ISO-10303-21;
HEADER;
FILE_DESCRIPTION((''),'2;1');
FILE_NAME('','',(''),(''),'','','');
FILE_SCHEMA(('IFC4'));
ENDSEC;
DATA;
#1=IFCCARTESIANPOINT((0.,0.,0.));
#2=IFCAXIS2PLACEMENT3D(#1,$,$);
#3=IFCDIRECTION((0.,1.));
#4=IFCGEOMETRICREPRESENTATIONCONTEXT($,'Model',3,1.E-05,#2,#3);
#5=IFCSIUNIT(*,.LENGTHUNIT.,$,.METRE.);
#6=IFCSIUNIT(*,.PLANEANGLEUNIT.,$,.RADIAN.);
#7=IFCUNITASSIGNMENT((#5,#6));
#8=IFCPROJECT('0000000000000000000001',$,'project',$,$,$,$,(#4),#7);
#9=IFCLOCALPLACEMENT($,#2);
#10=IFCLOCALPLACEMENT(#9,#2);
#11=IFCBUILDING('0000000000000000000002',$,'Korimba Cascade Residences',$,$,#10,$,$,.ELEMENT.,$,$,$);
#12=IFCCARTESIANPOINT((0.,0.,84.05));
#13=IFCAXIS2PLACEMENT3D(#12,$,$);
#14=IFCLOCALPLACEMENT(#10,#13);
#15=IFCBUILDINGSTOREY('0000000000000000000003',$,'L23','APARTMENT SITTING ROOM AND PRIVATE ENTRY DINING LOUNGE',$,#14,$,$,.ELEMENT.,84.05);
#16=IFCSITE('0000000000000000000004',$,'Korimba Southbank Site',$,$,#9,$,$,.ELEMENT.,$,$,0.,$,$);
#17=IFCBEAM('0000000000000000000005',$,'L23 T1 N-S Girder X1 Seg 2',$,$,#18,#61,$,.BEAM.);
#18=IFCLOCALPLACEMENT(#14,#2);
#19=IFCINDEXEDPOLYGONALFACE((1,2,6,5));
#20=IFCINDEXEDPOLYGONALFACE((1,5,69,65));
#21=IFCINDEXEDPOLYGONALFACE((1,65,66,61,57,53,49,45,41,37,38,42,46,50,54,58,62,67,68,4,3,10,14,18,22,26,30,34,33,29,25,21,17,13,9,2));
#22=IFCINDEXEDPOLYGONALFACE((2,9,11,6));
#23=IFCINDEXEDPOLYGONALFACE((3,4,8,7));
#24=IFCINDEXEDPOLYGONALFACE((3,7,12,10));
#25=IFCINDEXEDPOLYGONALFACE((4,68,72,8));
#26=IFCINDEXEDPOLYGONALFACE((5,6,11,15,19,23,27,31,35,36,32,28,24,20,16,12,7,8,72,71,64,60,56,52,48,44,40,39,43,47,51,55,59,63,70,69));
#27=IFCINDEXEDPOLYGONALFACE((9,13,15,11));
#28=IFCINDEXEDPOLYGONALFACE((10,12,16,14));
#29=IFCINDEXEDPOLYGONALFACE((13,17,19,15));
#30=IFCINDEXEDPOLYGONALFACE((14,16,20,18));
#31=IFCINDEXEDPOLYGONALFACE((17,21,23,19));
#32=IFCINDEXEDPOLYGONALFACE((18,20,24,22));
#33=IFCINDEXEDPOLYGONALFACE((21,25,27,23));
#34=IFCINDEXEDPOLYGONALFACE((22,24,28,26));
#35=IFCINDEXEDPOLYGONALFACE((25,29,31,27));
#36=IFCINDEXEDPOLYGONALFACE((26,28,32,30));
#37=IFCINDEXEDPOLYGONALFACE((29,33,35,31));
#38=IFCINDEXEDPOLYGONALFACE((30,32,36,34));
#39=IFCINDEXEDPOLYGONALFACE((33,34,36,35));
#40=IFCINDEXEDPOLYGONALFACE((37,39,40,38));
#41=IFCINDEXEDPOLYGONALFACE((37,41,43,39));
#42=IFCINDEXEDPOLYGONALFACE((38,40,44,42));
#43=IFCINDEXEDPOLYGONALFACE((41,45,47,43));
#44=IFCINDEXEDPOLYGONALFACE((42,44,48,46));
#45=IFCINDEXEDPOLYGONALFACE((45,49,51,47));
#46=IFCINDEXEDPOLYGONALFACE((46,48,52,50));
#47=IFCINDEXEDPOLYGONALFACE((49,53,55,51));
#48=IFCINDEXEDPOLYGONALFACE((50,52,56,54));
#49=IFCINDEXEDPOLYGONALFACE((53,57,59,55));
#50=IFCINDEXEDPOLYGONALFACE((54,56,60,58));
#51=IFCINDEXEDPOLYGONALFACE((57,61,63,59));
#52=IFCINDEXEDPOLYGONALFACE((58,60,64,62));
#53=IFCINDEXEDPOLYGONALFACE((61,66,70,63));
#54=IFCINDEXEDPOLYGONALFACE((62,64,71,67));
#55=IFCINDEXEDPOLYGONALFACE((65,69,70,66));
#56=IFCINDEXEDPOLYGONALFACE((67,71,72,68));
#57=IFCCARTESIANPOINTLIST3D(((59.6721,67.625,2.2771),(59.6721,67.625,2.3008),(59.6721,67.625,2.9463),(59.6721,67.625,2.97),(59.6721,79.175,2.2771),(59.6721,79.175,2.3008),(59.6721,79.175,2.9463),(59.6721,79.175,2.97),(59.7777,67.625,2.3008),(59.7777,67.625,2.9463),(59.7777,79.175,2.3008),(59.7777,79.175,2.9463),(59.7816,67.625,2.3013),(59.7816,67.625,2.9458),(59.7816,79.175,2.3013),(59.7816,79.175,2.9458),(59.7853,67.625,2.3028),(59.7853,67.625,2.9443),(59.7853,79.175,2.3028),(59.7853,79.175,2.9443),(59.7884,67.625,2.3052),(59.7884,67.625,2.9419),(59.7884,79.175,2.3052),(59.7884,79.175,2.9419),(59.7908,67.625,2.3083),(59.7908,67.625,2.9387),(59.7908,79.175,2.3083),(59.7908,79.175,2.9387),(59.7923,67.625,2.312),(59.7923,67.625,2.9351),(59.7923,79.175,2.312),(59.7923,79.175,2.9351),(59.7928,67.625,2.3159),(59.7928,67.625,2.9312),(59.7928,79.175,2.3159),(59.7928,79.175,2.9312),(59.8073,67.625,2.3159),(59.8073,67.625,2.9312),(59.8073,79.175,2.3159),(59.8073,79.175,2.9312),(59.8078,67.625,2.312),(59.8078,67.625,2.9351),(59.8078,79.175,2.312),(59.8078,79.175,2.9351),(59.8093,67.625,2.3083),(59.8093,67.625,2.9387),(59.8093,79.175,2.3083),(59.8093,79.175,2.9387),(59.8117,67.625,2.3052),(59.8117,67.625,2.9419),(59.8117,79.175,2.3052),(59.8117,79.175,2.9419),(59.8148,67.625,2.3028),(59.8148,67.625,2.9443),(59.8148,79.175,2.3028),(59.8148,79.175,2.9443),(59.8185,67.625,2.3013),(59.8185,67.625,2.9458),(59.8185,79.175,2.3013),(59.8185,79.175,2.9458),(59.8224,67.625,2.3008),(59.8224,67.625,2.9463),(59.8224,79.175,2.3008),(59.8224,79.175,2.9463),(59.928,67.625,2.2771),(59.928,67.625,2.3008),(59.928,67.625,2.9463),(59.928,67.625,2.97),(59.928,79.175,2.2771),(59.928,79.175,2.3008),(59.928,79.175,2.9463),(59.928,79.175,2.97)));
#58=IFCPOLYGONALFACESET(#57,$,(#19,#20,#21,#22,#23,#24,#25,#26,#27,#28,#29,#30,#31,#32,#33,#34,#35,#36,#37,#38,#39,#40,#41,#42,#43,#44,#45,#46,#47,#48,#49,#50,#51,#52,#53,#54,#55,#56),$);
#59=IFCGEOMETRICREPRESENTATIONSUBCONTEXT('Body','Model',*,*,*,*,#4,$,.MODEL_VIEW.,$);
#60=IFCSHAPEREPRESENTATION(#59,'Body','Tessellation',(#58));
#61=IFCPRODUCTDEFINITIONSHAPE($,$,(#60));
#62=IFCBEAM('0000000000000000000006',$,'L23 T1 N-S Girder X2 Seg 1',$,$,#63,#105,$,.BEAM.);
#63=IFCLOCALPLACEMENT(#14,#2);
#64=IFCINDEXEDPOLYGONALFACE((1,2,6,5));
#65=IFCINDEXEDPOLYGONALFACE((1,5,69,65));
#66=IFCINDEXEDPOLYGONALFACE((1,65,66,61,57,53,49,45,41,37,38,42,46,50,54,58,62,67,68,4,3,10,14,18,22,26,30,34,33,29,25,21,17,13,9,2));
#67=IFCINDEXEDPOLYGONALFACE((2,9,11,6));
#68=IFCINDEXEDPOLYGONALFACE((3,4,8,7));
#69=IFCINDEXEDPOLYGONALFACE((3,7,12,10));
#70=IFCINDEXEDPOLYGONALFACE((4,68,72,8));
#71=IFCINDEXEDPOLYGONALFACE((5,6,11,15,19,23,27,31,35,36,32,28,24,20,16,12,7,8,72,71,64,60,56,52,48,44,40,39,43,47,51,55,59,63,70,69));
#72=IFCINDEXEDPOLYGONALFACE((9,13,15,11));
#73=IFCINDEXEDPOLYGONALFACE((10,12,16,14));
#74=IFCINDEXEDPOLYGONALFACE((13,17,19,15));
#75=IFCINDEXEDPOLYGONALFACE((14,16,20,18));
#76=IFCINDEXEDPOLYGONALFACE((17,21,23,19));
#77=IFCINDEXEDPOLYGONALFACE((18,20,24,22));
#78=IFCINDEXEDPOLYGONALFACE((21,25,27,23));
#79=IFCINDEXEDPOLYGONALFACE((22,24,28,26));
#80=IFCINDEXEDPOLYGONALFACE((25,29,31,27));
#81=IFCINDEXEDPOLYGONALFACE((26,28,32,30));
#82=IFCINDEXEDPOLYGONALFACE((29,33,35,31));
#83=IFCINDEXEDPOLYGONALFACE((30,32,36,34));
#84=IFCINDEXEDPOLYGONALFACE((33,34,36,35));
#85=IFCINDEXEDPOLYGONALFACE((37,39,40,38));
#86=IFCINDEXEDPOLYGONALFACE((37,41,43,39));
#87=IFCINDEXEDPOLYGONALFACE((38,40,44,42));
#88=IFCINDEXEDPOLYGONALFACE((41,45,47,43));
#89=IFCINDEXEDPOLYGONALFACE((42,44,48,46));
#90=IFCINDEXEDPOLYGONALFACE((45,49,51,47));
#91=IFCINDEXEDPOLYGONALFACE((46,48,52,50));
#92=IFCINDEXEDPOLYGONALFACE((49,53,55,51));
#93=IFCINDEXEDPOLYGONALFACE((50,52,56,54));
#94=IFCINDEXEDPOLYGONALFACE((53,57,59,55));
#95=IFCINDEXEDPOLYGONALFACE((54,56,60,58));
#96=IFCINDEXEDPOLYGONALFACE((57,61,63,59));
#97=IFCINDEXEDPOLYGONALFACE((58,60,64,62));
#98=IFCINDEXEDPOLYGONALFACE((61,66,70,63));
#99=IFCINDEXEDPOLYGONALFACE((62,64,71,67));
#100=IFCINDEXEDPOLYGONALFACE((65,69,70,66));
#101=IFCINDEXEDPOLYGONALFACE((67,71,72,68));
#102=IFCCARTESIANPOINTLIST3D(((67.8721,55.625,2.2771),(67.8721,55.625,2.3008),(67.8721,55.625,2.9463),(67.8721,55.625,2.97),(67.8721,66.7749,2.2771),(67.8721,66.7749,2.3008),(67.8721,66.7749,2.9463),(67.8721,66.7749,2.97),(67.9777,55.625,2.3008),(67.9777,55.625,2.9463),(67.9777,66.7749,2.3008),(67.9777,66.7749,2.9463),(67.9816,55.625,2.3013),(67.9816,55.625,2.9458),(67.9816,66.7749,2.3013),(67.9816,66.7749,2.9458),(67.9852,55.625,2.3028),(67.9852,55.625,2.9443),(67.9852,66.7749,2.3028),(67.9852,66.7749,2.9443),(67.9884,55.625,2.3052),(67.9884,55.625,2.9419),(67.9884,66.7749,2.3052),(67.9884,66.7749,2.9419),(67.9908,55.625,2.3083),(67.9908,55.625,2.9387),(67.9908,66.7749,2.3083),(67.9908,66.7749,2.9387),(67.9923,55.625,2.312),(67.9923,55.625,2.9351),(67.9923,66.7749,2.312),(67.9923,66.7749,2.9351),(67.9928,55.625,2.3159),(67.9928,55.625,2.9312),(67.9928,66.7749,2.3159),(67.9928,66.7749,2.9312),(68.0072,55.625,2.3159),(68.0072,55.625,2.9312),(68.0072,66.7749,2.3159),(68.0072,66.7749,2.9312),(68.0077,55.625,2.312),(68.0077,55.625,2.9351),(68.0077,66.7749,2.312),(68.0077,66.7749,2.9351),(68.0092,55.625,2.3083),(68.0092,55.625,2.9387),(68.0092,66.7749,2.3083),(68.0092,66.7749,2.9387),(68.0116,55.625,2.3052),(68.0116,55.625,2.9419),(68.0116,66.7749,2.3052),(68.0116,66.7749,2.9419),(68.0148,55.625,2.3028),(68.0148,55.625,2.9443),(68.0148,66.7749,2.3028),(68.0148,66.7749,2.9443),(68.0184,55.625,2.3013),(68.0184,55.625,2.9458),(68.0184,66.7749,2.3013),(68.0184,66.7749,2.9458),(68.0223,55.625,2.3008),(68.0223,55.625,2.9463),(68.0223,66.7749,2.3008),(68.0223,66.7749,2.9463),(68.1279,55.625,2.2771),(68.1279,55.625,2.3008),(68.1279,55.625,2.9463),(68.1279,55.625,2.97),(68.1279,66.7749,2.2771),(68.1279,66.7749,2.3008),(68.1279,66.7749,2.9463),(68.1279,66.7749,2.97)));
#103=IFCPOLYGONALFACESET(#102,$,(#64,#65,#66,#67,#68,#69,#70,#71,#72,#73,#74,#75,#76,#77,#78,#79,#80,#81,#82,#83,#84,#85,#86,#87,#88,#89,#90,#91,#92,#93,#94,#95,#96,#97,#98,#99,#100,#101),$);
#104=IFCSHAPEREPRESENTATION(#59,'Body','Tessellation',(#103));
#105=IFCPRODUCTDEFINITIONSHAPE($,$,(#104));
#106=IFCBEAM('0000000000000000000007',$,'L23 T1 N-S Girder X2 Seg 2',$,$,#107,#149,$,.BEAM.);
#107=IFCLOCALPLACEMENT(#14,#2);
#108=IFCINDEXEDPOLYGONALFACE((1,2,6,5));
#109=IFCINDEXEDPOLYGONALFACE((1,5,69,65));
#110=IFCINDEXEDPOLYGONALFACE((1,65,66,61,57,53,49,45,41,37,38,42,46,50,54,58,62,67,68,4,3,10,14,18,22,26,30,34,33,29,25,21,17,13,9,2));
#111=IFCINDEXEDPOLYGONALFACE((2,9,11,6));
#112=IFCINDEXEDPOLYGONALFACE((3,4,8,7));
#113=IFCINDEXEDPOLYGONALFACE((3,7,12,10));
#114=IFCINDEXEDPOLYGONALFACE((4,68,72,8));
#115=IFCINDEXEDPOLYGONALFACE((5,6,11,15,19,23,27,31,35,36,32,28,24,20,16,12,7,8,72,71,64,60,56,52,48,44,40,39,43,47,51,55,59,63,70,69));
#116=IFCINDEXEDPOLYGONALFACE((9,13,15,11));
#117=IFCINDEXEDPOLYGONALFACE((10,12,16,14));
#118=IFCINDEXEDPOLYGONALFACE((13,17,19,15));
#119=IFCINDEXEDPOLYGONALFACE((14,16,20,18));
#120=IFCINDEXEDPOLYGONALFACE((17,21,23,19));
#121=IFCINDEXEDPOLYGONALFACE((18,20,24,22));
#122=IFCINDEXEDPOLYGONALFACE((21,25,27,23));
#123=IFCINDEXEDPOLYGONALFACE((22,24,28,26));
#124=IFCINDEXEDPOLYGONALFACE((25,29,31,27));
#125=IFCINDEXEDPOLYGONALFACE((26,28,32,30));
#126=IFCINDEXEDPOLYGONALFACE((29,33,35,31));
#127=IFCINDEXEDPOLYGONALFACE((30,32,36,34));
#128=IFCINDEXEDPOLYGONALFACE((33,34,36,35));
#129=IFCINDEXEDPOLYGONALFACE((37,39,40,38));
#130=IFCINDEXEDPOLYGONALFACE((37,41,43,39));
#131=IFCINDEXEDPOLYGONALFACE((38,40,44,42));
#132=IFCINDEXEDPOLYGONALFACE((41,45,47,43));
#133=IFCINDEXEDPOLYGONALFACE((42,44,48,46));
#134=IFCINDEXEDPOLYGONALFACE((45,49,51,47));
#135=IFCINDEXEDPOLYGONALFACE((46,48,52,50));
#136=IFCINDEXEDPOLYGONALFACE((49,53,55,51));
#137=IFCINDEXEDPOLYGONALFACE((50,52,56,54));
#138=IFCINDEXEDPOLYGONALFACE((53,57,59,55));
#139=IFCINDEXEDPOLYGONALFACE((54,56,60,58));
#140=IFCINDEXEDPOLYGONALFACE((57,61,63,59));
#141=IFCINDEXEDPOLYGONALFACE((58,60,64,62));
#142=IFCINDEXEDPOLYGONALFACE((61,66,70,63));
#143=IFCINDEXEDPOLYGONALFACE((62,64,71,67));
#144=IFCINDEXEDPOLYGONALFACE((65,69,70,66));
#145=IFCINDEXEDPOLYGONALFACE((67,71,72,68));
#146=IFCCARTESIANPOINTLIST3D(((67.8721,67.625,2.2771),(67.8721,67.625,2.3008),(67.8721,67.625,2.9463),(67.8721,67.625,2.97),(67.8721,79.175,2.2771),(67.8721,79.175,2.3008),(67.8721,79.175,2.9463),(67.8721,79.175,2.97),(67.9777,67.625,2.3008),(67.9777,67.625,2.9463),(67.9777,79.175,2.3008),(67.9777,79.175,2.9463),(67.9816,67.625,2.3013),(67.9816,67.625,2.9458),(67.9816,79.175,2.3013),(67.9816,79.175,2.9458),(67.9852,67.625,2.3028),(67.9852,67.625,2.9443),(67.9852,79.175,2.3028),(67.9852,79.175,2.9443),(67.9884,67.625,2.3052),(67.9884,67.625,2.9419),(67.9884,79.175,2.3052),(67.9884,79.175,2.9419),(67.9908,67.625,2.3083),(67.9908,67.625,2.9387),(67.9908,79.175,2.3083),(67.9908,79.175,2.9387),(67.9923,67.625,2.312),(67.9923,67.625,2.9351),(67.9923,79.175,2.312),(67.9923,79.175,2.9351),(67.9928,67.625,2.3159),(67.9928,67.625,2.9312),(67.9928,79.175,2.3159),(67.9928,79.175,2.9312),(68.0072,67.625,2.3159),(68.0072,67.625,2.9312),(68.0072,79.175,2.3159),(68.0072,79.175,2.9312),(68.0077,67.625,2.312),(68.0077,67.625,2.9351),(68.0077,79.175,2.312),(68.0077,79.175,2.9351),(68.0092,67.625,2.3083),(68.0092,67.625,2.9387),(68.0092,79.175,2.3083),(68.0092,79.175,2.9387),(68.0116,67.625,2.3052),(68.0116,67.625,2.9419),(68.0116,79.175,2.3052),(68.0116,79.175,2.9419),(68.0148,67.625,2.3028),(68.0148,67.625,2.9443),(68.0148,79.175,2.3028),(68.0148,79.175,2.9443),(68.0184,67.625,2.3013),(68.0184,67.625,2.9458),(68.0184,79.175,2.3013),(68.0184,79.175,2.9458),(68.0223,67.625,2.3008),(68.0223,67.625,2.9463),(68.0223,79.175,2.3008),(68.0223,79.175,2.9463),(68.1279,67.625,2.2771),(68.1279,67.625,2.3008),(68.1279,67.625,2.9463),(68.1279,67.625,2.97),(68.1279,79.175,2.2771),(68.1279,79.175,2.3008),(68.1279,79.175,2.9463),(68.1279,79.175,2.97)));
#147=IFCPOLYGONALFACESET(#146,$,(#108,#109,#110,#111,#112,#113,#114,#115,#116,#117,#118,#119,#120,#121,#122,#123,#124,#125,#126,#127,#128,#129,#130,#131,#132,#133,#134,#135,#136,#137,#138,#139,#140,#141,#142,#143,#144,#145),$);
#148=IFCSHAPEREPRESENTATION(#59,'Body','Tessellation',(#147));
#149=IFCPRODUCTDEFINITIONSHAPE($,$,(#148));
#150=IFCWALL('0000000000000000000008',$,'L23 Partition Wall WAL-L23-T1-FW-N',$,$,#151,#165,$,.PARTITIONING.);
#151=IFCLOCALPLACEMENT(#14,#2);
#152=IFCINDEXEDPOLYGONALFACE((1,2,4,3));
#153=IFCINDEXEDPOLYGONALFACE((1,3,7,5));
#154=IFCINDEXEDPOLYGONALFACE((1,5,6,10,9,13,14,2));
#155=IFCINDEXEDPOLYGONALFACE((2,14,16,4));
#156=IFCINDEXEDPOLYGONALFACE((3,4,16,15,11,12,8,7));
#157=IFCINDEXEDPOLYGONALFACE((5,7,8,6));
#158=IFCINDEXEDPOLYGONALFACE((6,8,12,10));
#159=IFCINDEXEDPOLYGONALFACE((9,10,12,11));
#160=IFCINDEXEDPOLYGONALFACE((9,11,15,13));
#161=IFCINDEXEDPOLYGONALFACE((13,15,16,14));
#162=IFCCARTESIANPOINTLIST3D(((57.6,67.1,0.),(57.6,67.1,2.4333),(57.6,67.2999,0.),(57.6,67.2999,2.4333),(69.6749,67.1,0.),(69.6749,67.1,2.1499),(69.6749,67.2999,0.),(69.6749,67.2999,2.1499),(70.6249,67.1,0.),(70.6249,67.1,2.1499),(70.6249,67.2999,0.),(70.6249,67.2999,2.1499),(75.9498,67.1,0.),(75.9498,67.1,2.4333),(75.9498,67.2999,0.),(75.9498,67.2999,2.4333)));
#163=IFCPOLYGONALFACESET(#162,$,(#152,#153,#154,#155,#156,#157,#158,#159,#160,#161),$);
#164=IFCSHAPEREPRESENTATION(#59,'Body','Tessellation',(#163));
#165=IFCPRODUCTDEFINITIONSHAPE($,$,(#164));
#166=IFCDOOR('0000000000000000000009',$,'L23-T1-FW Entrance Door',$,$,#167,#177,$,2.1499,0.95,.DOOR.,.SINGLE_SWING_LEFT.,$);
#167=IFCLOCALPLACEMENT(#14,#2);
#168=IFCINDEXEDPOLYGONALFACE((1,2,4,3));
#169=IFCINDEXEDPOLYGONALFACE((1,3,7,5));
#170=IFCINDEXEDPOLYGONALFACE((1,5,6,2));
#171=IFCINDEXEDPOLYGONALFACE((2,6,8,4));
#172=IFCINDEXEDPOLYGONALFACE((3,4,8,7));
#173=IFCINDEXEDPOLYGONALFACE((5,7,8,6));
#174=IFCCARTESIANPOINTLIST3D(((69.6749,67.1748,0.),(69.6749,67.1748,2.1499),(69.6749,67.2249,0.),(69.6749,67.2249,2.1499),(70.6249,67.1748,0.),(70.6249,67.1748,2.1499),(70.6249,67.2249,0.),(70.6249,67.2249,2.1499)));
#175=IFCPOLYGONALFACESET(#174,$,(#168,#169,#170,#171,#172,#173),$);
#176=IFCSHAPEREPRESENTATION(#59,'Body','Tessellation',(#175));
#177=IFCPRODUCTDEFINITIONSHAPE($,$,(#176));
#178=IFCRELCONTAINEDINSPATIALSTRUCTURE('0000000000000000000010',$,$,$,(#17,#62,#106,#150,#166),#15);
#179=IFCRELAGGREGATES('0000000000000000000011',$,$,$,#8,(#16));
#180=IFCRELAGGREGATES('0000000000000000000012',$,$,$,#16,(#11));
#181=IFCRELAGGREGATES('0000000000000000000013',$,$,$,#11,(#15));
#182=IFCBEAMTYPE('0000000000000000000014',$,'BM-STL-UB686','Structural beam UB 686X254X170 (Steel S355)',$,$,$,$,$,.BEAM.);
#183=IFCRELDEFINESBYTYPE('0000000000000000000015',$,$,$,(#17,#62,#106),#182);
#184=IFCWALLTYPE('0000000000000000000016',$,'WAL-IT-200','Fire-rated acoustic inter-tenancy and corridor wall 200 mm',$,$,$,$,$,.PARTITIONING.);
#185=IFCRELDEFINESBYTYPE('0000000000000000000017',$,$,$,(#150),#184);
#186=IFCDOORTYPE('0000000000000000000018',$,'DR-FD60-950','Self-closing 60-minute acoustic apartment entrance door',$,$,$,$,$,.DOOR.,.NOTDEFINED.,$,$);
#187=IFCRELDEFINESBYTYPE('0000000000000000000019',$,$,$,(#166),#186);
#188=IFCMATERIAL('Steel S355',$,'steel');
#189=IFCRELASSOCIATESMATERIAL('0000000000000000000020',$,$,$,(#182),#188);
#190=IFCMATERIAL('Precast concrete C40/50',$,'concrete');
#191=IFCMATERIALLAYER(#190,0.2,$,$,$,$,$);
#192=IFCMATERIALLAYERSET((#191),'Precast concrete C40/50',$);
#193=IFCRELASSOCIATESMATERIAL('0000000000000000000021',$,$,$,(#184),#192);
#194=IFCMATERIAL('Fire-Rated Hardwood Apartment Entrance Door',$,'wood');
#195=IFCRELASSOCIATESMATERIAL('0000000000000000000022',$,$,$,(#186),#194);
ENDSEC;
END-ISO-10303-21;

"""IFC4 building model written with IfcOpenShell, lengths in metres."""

from ifc_helpers import new_model, si_unit, direction, frame, frame_2d, origin, origin_2d, place, context, subcontext, project, spatial, rectangle, i_section, extrude, material, layer, layer_set, material_profile, profile_set, type_object, element, fill, save


model = new_model("IFC4")

# Units and contexts
model_context = context("Model", 3, precision=1e-05, world=origin(), true_north=direction((0.0, 1.0)))
body_context = subcontext(model_context, "Body", "Model", "MODEL_VIEW")
ifc_project = project(units=[si_unit("LENGTHUNIT", "METRE"), si_unit("PLANEANGLEUNIT", "RADIAN")], contexts=[model_context])

# Site, building, storey
site_placement = place(None, origin())
site = spatial("IfcSite", under=ifc_project, at=site_placement, Name="Korimba Southbank Site", CompositionType="ELEMENT", RefElevation=0.0)
building_placement = place(site_placement, origin())
building = spatial("IfcBuilding", under=site, at=building_placement, Name="Korimba Cascade Residences", CompositionType="ELEMENT")
storey_placement = place(building_placement, frame((0.0, 0.0, 84.05)))
storey = spatial("IfcBuildingStorey", under=building, at=storey_placement, Name="L23", Description="APARTMENT SITTING ROOM AND PRIVATE ENTRY DINING LOUNGE", CompositionType="ELEMENT", Elevation=84.05)

# Beams
ifc_material_1 = material(Name="Steel S355", Category="steel")
ifc_material_profile_1 = material_profile(ifc_material_1, i_section(OverallWidth=0.2559, OverallDepth=0.6929, WebThickness=0.0144, FlangeThickness=0.0237, FilletRadius=0.0151, at=origin_2d()), Name="Steel S355")
ifc_profile_set_1 = profile_set([ifc_material_profile_1], Name="Steel S355")
beam_type_1 = type_object("IfcBeamType", Name="BM-STL-UB686", Description="Structural beam UB 686X254X170 (Steel S355)", PredefinedType="BEAM", material=ifc_profile_set_1)
beam_1_placement = place(storey_placement, frame((59.8, 67.625, 2.6235), z_axis=(0.0, 1.0, 0.0), x_axis=(-1.0, 0.0, 0.0)))
element("IfcBeam", 1, at=beam_1_placement, inside=storey, type_object=beam_type_1, Name="L23 T1 N-S Girder X1 Seg 2", PredefinedType="BEAM", context=body_context, shape_type="SweptSolid", body=[
    extrude(i_section(OverallWidth=0.2559, OverallDepth=0.6929, WebThickness=0.0144, FlangeThickness=0.0237, FilletRadius=0.0151, at=origin_2d()), origin(), (0.0, 0.0, 1.0), 11.55),
])
beam_2_placement = place(storey_placement, frame((68.0, 55.625, 2.6235), z_axis=(0.0, 1.0, 0.0), x_axis=(-1.0, 0.0, 0.0)))
element("IfcBeam", 2, at=beam_2_placement, inside=storey, type_object=beam_type_1, Name="L23 T1 N-S Girder X2 Seg 1", PredefinedType="BEAM", context=body_context, shape_type="SweptSolid", body=[
    extrude(i_section(OverallWidth=0.2559, OverallDepth=0.6929, WebThickness=0.0144, FlangeThickness=0.0237, FilletRadius=0.0151, at=origin_2d()), origin(), (0.0, 0.0, 1.0), 11.1499),
])
beam_3_placement = place(storey_placement, frame((68.0, 67.625, 2.6235), z_axis=(0.0, 1.0, 0.0), x_axis=(-1.0, 0.0, 0.0)))
element("IfcBeam", 3, at=beam_3_placement, inside=storey, type_object=beam_type_1, Name="L23 T1 N-S Girder X2 Seg 2", PredefinedType="BEAM", context=body_context, shape_type="SweptSolid", body=[
    extrude(i_section(OverallWidth=0.2559, OverallDepth=0.6929, WebThickness=0.0144, FlangeThickness=0.0237, FilletRadius=0.0151, at=origin_2d()), origin(), (0.0, 0.0, 1.0), 11.55),
])

# Wall, opening, door
ifc_material_2 = material(Name="Precast concrete C40/50", Category="concrete")
ifc_layer_1 = layer(ifc_material_2, 0.2)
ifc_layer_set_1 = layer_set([ifc_layer_1], Name="Precast concrete C40/50")
wall_type_1 = type_object("IfcWallType", Name="WAL-IT-200", Description="Fire-rated acoustic inter-tenancy and corridor wall 200 mm", PredefinedType="PARTITIONING", material=ifc_layer_set_1)
wall_1_placement = place(storey_placement, frame((57.6001, 67.2, 0.0), z_axis=(0.0, 0.0, 1.0), x_axis=(1.0, 0.0, 0.0)))
wall_1 = element("IfcWall", 4, at=wall_1_placement, inside=storey, type_object=wall_type_1, Name="L23 Partition Wall WAL-L23-T1-FW-N", PredefinedType="PARTITIONING", context=body_context, shape_type="SweptSolid", body=[
    extrude(rectangle(XDim=18.3499, YDim=0.2, at=frame_2d((9.1748, 0.0))), origin(), (0.0, 0.0, 1.0), 2.4333),
])
opening_1_placement = place(wall_1_placement, frame((12.0747, 0.0, 0.0)))
opening_1 = element("IfcOpeningElement", 5, at=opening_1_placement, cuts=wall_1, PredefinedType="OPENING", context=body_context, shape_type="SweptSolid", body=[
    extrude(rectangle(XDim=0.95, YDim=2.1499, at=frame_2d((0.4751, 1.075))), frame((0.0, 0.1099, 0.0), z_axis=(0.0, -1.0, 0.0), x_axis=(1.0, 0.0, 0.0)), (0.0, 0.0, 1.0), 0.22),
])
ifc_material_3 = material(Name="Fire-Rated Hardwood Apartment Entrance Door", Category="wood")
door_type_1 = type_object("IfcDoorType", Name="DR-FD60-950", Description="Self-closing 60-minute acoustic apartment entrance door", OperationType="NOTDEFINED", PredefinedType="DOOR", material=ifc_material_3)
door_1_placement = place(opening_1_placement, origin())
door_1 = element("IfcDoor", 6, at=door_1_placement, inside=storey, type_object=door_type_1, Name="L23-T1-FW Entrance Door", OperationType="SINGLE_SWING_LEFT", OverallHeight=2.1499, OverallWidth=0.95, PredefinedType="DOOR", context=body_context, shape_type="SweptSolid", body=[
    extrude(rectangle(XDim=0.95, YDim=2.1499, at=frame_2d((0.4751, 1.075))), frame((0.0, 0.0249, 0.0), z_axis=(0.0, -1.0, 0.0), x_axis=(1.0, 0.0, 0.0)), (0.0, 0.0, 1.0), 0.05),
])
fill(opening_1, door_1)

save(model, "model.ifc")
